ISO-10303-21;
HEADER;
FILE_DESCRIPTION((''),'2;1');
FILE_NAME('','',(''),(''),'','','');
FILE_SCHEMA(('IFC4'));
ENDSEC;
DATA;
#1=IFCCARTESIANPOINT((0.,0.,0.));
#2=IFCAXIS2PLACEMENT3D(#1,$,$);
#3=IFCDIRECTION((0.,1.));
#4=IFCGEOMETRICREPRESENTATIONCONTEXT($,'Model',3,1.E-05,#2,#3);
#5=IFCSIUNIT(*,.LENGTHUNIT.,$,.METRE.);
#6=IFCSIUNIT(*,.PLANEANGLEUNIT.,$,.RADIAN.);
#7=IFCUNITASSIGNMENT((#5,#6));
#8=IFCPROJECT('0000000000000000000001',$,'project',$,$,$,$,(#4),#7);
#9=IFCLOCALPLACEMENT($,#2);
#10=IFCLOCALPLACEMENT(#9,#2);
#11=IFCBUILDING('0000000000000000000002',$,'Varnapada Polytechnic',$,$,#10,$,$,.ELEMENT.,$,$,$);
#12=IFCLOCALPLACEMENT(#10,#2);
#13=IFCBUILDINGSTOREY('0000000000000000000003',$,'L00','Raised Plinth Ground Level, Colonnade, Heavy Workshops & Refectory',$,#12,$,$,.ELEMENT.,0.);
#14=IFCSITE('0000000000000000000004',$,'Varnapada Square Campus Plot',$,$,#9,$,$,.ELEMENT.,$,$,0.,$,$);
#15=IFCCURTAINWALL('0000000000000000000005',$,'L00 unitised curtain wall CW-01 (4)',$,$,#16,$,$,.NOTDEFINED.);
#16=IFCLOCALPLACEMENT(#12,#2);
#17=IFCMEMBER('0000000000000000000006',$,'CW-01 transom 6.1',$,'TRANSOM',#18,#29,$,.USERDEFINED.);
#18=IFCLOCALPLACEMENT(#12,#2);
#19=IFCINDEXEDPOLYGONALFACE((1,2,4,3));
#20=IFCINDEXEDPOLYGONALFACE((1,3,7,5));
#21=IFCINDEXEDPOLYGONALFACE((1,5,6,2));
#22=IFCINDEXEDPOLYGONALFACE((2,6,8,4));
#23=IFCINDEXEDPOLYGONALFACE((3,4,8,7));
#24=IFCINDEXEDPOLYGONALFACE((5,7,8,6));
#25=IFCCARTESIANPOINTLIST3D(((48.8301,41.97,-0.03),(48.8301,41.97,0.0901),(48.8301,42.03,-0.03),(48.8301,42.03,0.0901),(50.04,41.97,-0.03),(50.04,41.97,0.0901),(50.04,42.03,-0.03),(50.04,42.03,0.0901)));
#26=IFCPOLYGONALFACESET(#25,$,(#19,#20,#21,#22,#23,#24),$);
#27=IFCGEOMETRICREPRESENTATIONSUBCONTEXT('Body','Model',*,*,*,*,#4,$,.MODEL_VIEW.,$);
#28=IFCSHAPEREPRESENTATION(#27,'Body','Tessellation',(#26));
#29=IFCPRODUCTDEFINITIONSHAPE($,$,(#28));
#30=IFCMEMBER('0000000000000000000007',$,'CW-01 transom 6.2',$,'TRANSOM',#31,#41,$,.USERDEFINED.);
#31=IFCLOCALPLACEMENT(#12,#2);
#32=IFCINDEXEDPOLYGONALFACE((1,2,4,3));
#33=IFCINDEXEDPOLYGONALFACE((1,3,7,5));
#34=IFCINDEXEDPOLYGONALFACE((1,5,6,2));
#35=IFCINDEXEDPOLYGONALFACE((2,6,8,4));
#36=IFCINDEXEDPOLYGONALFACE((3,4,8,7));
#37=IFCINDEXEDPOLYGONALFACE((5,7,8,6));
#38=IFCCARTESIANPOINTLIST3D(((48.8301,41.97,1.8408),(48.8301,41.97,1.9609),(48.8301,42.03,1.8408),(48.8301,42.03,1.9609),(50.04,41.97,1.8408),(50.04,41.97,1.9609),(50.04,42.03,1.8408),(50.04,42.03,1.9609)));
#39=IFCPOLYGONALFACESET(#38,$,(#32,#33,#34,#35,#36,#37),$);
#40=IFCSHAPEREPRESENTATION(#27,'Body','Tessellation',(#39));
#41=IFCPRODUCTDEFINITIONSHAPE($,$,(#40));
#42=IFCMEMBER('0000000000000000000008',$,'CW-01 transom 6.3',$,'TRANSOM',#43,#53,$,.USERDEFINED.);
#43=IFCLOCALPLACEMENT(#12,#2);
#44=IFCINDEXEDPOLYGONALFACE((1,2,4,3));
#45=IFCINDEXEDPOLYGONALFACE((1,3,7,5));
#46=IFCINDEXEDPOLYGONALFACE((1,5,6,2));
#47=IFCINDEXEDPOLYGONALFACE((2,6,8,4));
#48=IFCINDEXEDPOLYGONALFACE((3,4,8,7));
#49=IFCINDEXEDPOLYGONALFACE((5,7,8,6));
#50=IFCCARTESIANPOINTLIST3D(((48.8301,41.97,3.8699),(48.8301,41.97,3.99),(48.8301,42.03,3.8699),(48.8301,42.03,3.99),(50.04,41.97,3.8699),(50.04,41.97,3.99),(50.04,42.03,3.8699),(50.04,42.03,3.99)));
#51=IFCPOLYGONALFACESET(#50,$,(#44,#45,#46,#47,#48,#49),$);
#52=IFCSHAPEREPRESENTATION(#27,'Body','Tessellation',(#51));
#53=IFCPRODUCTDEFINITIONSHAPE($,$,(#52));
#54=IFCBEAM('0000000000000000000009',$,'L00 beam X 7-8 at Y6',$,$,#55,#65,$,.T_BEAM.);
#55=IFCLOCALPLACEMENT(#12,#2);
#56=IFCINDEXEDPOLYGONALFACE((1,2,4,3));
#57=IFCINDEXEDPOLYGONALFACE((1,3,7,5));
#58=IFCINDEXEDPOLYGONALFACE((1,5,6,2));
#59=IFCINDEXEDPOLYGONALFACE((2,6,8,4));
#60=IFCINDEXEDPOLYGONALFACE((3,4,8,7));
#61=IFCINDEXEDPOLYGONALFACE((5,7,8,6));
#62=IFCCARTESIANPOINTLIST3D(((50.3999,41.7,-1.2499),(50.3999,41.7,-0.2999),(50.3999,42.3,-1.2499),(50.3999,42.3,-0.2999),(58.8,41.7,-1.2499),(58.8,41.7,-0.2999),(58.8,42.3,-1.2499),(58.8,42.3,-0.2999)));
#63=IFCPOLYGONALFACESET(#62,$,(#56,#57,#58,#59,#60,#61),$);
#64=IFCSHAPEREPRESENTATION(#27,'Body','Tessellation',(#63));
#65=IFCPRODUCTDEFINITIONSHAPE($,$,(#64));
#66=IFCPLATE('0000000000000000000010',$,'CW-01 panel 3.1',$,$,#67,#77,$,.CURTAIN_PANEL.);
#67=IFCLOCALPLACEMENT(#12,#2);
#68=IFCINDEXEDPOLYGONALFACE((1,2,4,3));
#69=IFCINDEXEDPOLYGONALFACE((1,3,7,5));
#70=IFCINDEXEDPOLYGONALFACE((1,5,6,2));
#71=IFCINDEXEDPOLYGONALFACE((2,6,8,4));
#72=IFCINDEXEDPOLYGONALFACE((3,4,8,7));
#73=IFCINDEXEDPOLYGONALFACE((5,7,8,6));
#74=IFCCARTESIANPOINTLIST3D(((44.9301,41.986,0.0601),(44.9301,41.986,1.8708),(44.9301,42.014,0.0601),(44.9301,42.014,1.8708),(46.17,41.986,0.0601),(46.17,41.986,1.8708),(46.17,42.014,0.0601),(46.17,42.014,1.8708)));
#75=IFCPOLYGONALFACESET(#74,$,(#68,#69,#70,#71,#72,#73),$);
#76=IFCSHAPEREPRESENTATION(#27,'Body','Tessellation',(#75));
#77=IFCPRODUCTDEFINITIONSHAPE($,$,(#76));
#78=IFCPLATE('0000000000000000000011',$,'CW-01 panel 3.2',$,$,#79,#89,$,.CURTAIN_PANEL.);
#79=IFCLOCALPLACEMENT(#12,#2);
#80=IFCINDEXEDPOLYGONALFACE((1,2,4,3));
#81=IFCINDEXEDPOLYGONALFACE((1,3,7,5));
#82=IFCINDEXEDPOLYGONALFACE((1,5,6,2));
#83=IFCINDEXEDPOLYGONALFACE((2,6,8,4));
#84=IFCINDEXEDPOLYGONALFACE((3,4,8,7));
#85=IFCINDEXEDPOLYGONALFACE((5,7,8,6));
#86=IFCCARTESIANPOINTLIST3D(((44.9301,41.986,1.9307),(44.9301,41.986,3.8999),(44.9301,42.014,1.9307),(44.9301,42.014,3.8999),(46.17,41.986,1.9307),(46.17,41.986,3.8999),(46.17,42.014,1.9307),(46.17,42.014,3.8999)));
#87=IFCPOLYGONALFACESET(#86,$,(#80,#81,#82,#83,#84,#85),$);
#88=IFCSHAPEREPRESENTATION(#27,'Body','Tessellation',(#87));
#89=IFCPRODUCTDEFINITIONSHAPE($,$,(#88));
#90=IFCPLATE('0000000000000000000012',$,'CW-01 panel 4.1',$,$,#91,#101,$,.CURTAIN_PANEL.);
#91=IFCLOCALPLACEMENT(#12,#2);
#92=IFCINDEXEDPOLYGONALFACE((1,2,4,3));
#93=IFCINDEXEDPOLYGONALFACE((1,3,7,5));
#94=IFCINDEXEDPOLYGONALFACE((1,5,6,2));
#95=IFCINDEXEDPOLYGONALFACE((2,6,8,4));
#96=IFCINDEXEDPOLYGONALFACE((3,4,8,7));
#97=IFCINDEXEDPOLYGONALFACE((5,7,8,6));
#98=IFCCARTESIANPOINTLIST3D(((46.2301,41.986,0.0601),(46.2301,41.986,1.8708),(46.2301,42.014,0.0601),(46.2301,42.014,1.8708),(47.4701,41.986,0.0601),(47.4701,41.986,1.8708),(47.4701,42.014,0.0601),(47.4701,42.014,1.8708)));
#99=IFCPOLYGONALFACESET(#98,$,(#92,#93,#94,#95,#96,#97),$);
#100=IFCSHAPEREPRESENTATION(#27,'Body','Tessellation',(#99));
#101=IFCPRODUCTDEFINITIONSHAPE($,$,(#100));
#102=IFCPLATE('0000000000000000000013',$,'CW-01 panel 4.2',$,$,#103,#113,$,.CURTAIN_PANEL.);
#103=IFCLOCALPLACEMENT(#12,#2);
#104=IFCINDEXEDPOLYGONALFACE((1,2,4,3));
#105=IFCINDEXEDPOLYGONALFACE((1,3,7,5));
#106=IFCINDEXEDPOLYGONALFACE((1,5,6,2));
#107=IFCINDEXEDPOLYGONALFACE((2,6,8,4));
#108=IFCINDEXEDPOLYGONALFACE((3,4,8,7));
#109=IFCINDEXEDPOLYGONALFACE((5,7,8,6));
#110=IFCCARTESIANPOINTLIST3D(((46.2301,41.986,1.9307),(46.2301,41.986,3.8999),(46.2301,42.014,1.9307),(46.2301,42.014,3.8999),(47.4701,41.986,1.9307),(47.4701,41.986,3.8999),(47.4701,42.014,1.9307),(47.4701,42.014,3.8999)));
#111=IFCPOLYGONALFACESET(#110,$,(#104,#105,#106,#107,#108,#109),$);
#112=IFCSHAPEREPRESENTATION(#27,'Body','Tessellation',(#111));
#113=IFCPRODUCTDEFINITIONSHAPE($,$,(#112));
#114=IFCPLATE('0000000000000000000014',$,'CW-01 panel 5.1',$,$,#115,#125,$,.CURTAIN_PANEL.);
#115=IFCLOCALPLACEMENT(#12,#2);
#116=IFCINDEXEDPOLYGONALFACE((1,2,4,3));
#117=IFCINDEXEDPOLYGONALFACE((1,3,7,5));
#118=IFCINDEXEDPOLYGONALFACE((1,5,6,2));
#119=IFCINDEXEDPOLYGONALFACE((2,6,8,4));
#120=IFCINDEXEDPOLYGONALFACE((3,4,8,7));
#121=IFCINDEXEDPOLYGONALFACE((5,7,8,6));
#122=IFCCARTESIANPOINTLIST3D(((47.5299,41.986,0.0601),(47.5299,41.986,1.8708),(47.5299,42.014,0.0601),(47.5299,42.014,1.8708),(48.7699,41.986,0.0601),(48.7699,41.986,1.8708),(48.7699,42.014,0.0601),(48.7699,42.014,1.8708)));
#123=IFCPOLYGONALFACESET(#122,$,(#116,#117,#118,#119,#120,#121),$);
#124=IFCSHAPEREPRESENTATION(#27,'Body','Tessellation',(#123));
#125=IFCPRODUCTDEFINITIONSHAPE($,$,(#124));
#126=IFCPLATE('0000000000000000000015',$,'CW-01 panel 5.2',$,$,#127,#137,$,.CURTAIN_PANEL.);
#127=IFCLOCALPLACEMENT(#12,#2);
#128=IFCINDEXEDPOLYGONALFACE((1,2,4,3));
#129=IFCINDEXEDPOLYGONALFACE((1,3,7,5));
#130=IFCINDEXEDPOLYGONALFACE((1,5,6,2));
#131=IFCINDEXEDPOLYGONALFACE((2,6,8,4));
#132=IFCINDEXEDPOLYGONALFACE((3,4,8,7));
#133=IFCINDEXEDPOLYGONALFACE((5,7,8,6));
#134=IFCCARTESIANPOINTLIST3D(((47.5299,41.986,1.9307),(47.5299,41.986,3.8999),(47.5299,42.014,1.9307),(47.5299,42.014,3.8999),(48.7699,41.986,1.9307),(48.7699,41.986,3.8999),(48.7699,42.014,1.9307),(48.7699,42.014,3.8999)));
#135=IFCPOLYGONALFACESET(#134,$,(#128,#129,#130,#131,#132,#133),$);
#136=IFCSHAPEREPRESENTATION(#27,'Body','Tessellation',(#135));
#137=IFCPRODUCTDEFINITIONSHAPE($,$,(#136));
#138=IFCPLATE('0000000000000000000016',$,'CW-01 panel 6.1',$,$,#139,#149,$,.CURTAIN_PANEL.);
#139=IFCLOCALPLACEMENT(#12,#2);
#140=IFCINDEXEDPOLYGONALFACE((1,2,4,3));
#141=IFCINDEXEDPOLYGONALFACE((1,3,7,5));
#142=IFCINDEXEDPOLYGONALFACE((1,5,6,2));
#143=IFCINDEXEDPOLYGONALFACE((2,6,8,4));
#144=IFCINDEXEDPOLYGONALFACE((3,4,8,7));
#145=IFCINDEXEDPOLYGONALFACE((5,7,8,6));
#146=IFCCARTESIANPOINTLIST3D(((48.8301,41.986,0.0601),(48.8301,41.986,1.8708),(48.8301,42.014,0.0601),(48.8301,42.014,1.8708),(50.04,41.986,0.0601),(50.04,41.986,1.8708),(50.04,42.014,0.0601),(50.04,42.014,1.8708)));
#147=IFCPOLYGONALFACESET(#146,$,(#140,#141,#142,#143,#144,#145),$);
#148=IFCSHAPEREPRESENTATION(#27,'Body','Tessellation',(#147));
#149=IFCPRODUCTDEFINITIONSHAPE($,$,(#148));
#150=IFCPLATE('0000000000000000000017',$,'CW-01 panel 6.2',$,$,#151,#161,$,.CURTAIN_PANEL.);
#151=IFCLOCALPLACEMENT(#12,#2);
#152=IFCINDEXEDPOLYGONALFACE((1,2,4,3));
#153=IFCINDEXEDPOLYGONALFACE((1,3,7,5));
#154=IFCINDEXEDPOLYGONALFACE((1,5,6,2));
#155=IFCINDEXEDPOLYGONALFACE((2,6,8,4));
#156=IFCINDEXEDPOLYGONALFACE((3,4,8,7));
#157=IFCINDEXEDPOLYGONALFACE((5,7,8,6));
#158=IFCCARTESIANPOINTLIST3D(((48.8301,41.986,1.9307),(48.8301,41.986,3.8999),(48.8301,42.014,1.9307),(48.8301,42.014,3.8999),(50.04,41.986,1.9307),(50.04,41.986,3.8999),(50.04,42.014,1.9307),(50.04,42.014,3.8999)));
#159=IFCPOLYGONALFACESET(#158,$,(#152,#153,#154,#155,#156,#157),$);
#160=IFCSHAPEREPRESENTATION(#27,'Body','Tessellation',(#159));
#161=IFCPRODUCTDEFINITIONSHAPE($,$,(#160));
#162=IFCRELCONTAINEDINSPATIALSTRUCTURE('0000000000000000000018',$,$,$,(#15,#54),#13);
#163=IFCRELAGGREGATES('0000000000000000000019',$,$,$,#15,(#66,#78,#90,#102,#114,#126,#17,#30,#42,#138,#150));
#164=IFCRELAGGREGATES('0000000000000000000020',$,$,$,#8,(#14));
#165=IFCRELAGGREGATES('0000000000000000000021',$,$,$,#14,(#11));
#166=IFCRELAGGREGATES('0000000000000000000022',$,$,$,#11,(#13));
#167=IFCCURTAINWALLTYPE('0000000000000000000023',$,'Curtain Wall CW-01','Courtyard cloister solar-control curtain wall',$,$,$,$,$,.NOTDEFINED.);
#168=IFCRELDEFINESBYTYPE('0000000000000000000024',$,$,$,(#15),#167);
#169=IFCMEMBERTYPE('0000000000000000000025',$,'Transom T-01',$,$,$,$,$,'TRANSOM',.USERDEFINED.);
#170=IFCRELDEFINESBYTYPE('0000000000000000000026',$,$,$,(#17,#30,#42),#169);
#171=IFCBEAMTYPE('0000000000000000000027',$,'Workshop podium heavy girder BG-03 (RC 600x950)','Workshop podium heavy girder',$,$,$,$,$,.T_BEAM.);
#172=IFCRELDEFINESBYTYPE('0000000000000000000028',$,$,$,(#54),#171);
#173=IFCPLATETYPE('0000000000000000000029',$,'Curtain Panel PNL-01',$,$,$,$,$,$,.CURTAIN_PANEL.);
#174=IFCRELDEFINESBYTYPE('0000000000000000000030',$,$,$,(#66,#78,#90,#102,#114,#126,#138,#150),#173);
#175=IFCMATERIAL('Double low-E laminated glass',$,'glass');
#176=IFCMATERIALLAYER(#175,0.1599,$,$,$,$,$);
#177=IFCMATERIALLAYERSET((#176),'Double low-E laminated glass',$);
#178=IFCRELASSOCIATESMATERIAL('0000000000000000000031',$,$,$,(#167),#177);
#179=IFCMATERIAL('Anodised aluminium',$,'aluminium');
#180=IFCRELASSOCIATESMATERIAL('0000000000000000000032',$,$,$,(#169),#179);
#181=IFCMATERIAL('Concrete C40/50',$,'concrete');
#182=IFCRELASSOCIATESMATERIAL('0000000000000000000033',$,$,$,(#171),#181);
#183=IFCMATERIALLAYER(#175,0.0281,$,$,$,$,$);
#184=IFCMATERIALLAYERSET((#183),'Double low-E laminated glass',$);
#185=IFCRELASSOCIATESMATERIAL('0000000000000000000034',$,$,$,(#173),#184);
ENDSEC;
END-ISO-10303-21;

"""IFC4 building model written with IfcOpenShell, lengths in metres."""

from ifc_helpers import new_model, si_unit, direction, frame, origin, origin_2d, place, context, subcontext, project, spatial, rectangle, extrude, material, layer, layer_set, material_profile, profile_set, type_object, element, aggregate, save


model = new_model("IFC4")

# Units and contexts
model_context = context("Model", 3, precision=1e-05, world=origin(), true_north=direction((0.0, 1.0)))
body_context = subcontext(model_context, "Body", "Model", "MODEL_VIEW")
ifc_project = project(units=[si_unit("LENGTHUNIT", "METRE"), si_unit("PLANEANGLEUNIT", "RADIAN")], contexts=[model_context])

# Site, building, storey
site_placement = place(None, origin())
site = spatial("IfcSite", under=ifc_project, at=site_placement, Name="Varnapada Square Campus Plot", CompositionType="ELEMENT", RefElevation=0.0)
building_placement = place(site_placement, origin())
building = spatial("IfcBuilding", under=site, at=building_placement, Name="Varnapada Polytechnic", CompositionType="ELEMENT")
storey_placement = place(building_placement, origin())
storey = spatial("IfcBuildingStorey", under=building, at=storey_placement, Name="L00", Description="Raised Plinth Ground Level, Colonnade, Heavy Workshops & Refectory", CompositionType="ELEMENT", Elevation=0.0)

# Shared definitions
ifc_material_1 = material(Name="Concrete C40/50", Category="concrete")

# Curtain wall
ifc_material_2 = material(Name="Double low-E laminated glass", Category="glass")
ifc_layer_1 = layer(ifc_material_2, 0.1599)
ifc_layer_set_1 = layer_set([ifc_layer_1], Name="Double low-E laminated glass")
curtain_wall_type = type_object("IfcCurtainWallType", Name="Curtain Wall CW-01", Description="Courtyard cloister solar-control curtain wall", PredefinedType="NOTDEFINED", material=ifc_layer_set_1)
curtain_wall_placement = place(storey_placement, origin())
curtain_wall = element("IfcCurtainWall", 1, at=curtain_wall_placement, inside=storey, type_object=curtain_wall_type, Name="L00 unitised curtain wall CW-01 (4)", PredefinedType="NOTDEFINED")
ifc_material_3 = material(Name="Anodised aluminium", Category="aluminium")

# Members
ifc_material_profile_1 = material_profile(ifc_material_3, rectangle(XDim=0.0601, YDim=0.1201, at=origin_2d()), Name="ALU T60x120")
ifc_profile_set_1 = profile_set([ifc_material_profile_1], Name="Anodised aluminium")
member_type_1 = type_object("IfcMemberType", Name="Transom T-01", ElementType="TRANSOM", PredefinedType="USERDEFINED", material=ifc_profile_set_1)
member_1_placement = place(storey_placement, frame((48.8301, 42.0, 0.03), z_axis=(1.0, 0.0, 0.0), x_axis=(0.0, 1.0, 0.0)))
member_1 = element("IfcMember", 2, at=member_1_placement, type_object=member_type_1, Name="CW-01 transom 6.1", ObjectType="TRANSOM", PredefinedType="USERDEFINED", context=body_context, shape_type="SweptSolid", body=[
    extrude(rectangle(XDim=0.0601, YDim=0.1201, at=origin_2d()), origin(), (0.0, 0.0, 1.0), 1.21),
])
member_2_placement = place(storey_placement, frame((48.8301, 42.0, 1.9009), z_axis=(1.0, 0.0, 0.0), x_axis=(0.0, 1.0, 0.0)))
member_2 = element("IfcMember", 3, at=member_2_placement, type_object=member_type_1, Name="CW-01 transom 6.2", ObjectType="TRANSOM", PredefinedType="USERDEFINED", context=body_context, shape_type="SweptSolid", body=[
    extrude(rectangle(XDim=0.0601, YDim=0.1201, at=origin_2d()), origin(), (0.0, 0.0, 1.0), 1.21),
])
member_3_placement = place(storey_placement, frame((48.8301, 42.0, 3.9299), z_axis=(1.0, 0.0, 0.0), x_axis=(0.0, 1.0, 0.0)))
member_3 = element("IfcMember", 4, at=member_3_placement, type_object=member_type_1, Name="CW-01 transom 6.3", ObjectType="TRANSOM", PredefinedType="USERDEFINED", context=body_context, shape_type="SweptSolid", body=[
    extrude(rectangle(XDim=0.0601, YDim=0.1201, at=origin_2d()), origin(), (0.0, 0.0, 1.0), 1.21),
])

# Beam
ifc_material_profile_2 = material_profile(ifc_material_1, rectangle(XDim=0.6001, YDim=0.95, at=origin_2d()), Name="RC 600x950")
ifc_profile_set_2 = profile_set([ifc_material_profile_2], Name="Concrete C40/50")
beam_type_1 = type_object("IfcBeamType", Name="Workshop podium heavy girder BG-03 (RC 600x950)", Description="Workshop podium heavy girder", PredefinedType="T_BEAM", material=ifc_profile_set_2)
beam_1_placement = place(storey_placement, frame((50.3999, 42.0, -0.7749), z_axis=(1.0, 0.0, 0.0), x_axis=(0.0, 1.0, 0.0)))
element("IfcBeam", 5, at=beam_1_placement, inside=storey, type_object=beam_type_1, Name="L00 beam X 7-8 at Y6", PredefinedType="T_BEAM", context=body_context, shape_type="SweptSolid", body=[
    extrude(rectangle(XDim=0.6001, YDim=0.95, at=origin_2d()), origin(), (0.0, 0.0, 1.0), 8.4001),
])

# Plates
ifc_layer_2 = layer(ifc_material_2, 0.0281)
ifc_layer_set_2 = layer_set([ifc_layer_2], Name="Double low-E laminated glass")
plate_type = type_object("IfcPlateType", Name="Curtain Panel PNL-01", PredefinedType="CURTAIN_PANEL", material=ifc_layer_set_2)
plate_1_placement = place(storey_placement, frame((45.55, 42.0, 0.0601), z_axis=(0.0, 0.0, 1.0), x_axis=(1.0, 0.0, 0.0)))
plate_1 = element("IfcPlate", 6, at=plate_1_placement, type_object=plate_type, Name="CW-01 panel 3.1", PredefinedType="CURTAIN_PANEL", context=body_context, shape_type="SweptSolid", body=[
    extrude(rectangle(XDim=1.24, YDim=0.0281, at=origin_2d()), origin(), (0.0, 0.0, 1.0), 1.8108),
])
plate_2_placement = place(storey_placement, frame((45.55, 42.0, 1.9307), z_axis=(0.0, 0.0, 1.0), x_axis=(1.0, 0.0, 0.0)))
plate_2 = element("IfcPlate", 7, at=plate_2_placement, type_object=plate_type, Name="CW-01 panel 3.2", PredefinedType="CURTAIN_PANEL", context=body_context, shape_type="SweptSolid", body=[
    extrude(rectangle(XDim=1.24, YDim=0.0281, at=origin_2d()), origin(), (0.0, 0.0, 1.0), 1.9692),
])
plate_3_placement = place(storey_placement, frame((46.8501, 42.0, 0.0601), z_axis=(0.0, 0.0, 1.0), x_axis=(1.0, 0.0, 0.0)))
plate_3 = element("IfcPlate", 8, at=plate_3_placement, type_object=plate_type, Name="CW-01 panel 4.1", PredefinedType="CURTAIN_PANEL", context=body_context, shape_type="SweptSolid", body=[
    extrude(rectangle(XDim=1.24, YDim=0.0281, at=origin_2d()), origin(), (0.0, 0.0, 1.0), 1.8108),
])
plate_4_placement = place(storey_placement, frame((46.8501, 42.0, 1.9307), z_axis=(0.0, 0.0, 1.0), x_axis=(1.0, 0.0, 0.0)))
plate_4 = element("IfcPlate", 9, at=plate_4_placement, type_object=plate_type, Name="CW-01 panel 4.2", PredefinedType="CURTAIN_PANEL", context=body_context, shape_type="SweptSolid", body=[
    extrude(rectangle(XDim=1.24, YDim=0.0281, at=origin_2d()), origin(), (0.0, 0.0, 1.0), 1.9692),
])
plate_5_placement = place(storey_placement, frame((48.1499, 42.0, 0.0601), z_axis=(0.0, 0.0, 1.0), x_axis=(1.0, 0.0, 0.0)))
plate_5 = element("IfcPlate", 10, at=plate_5_placement, type_object=plate_type, Name="CW-01 panel 5.1", PredefinedType="CURTAIN_PANEL", context=body_context, shape_type="SweptSolid", body=[
    extrude(rectangle(XDim=1.24, YDim=0.0281, at=origin_2d()), origin(), (0.0, 0.0, 1.0), 1.8108),
])
plate_6_placement = place(storey_placement, frame((48.1499, 42.0, 1.9307), z_axis=(0.0, 0.0, 1.0), x_axis=(1.0, 0.0, 0.0)))
plate_6 = element("IfcPlate", 11, at=plate_6_placement, type_object=plate_type, Name="CW-01 panel 5.2", PredefinedType="CURTAIN_PANEL", context=body_context, shape_type="SweptSolid", body=[
    extrude(rectangle(XDim=1.24, YDim=0.0281, at=origin_2d()), origin(), (0.0, 0.0, 1.0), 1.9692),
])
plate_7_placement = place(storey_placement, frame((49.4351, 42.0, 0.0601), z_axis=(0.0, 0.0, 1.0), x_axis=(1.0, 0.0, 0.0)))
plate_7 = element("IfcPlate", 12, at=plate_7_placement, type_object=plate_type, Name="CW-01 panel 6.1", PredefinedType="CURTAIN_PANEL", context=body_context, shape_type="SweptSolid", body=[
    extrude(rectangle(XDim=1.21, YDim=0.0281, at=origin_2d()), origin(), (0.0, 0.0, 1.0), 1.8108),
])
plate_8_placement = place(storey_placement, frame((49.4351, 42.0, 1.9307), z_axis=(0.0, 0.0, 1.0), x_axis=(1.0, 0.0, 0.0)))
plate_8 = element("IfcPlate", 13, at=plate_8_placement, type_object=plate_type, Name="CW-01 panel 6.2", PredefinedType="CURTAIN_PANEL", context=body_context, shape_type="SweptSolid", body=[
    extrude(rectangle(XDim=1.21, YDim=0.0281, at=origin_2d()), origin(), (0.0, 0.0, 1.0), 1.9692),
])
aggregate(curtain_wall, [plate_1, plate_2, plate_3, plate_4, plate_5, plate_6, member_1, member_2, member_3, plate_7, plate_8])

save(model, "model.ifc")
